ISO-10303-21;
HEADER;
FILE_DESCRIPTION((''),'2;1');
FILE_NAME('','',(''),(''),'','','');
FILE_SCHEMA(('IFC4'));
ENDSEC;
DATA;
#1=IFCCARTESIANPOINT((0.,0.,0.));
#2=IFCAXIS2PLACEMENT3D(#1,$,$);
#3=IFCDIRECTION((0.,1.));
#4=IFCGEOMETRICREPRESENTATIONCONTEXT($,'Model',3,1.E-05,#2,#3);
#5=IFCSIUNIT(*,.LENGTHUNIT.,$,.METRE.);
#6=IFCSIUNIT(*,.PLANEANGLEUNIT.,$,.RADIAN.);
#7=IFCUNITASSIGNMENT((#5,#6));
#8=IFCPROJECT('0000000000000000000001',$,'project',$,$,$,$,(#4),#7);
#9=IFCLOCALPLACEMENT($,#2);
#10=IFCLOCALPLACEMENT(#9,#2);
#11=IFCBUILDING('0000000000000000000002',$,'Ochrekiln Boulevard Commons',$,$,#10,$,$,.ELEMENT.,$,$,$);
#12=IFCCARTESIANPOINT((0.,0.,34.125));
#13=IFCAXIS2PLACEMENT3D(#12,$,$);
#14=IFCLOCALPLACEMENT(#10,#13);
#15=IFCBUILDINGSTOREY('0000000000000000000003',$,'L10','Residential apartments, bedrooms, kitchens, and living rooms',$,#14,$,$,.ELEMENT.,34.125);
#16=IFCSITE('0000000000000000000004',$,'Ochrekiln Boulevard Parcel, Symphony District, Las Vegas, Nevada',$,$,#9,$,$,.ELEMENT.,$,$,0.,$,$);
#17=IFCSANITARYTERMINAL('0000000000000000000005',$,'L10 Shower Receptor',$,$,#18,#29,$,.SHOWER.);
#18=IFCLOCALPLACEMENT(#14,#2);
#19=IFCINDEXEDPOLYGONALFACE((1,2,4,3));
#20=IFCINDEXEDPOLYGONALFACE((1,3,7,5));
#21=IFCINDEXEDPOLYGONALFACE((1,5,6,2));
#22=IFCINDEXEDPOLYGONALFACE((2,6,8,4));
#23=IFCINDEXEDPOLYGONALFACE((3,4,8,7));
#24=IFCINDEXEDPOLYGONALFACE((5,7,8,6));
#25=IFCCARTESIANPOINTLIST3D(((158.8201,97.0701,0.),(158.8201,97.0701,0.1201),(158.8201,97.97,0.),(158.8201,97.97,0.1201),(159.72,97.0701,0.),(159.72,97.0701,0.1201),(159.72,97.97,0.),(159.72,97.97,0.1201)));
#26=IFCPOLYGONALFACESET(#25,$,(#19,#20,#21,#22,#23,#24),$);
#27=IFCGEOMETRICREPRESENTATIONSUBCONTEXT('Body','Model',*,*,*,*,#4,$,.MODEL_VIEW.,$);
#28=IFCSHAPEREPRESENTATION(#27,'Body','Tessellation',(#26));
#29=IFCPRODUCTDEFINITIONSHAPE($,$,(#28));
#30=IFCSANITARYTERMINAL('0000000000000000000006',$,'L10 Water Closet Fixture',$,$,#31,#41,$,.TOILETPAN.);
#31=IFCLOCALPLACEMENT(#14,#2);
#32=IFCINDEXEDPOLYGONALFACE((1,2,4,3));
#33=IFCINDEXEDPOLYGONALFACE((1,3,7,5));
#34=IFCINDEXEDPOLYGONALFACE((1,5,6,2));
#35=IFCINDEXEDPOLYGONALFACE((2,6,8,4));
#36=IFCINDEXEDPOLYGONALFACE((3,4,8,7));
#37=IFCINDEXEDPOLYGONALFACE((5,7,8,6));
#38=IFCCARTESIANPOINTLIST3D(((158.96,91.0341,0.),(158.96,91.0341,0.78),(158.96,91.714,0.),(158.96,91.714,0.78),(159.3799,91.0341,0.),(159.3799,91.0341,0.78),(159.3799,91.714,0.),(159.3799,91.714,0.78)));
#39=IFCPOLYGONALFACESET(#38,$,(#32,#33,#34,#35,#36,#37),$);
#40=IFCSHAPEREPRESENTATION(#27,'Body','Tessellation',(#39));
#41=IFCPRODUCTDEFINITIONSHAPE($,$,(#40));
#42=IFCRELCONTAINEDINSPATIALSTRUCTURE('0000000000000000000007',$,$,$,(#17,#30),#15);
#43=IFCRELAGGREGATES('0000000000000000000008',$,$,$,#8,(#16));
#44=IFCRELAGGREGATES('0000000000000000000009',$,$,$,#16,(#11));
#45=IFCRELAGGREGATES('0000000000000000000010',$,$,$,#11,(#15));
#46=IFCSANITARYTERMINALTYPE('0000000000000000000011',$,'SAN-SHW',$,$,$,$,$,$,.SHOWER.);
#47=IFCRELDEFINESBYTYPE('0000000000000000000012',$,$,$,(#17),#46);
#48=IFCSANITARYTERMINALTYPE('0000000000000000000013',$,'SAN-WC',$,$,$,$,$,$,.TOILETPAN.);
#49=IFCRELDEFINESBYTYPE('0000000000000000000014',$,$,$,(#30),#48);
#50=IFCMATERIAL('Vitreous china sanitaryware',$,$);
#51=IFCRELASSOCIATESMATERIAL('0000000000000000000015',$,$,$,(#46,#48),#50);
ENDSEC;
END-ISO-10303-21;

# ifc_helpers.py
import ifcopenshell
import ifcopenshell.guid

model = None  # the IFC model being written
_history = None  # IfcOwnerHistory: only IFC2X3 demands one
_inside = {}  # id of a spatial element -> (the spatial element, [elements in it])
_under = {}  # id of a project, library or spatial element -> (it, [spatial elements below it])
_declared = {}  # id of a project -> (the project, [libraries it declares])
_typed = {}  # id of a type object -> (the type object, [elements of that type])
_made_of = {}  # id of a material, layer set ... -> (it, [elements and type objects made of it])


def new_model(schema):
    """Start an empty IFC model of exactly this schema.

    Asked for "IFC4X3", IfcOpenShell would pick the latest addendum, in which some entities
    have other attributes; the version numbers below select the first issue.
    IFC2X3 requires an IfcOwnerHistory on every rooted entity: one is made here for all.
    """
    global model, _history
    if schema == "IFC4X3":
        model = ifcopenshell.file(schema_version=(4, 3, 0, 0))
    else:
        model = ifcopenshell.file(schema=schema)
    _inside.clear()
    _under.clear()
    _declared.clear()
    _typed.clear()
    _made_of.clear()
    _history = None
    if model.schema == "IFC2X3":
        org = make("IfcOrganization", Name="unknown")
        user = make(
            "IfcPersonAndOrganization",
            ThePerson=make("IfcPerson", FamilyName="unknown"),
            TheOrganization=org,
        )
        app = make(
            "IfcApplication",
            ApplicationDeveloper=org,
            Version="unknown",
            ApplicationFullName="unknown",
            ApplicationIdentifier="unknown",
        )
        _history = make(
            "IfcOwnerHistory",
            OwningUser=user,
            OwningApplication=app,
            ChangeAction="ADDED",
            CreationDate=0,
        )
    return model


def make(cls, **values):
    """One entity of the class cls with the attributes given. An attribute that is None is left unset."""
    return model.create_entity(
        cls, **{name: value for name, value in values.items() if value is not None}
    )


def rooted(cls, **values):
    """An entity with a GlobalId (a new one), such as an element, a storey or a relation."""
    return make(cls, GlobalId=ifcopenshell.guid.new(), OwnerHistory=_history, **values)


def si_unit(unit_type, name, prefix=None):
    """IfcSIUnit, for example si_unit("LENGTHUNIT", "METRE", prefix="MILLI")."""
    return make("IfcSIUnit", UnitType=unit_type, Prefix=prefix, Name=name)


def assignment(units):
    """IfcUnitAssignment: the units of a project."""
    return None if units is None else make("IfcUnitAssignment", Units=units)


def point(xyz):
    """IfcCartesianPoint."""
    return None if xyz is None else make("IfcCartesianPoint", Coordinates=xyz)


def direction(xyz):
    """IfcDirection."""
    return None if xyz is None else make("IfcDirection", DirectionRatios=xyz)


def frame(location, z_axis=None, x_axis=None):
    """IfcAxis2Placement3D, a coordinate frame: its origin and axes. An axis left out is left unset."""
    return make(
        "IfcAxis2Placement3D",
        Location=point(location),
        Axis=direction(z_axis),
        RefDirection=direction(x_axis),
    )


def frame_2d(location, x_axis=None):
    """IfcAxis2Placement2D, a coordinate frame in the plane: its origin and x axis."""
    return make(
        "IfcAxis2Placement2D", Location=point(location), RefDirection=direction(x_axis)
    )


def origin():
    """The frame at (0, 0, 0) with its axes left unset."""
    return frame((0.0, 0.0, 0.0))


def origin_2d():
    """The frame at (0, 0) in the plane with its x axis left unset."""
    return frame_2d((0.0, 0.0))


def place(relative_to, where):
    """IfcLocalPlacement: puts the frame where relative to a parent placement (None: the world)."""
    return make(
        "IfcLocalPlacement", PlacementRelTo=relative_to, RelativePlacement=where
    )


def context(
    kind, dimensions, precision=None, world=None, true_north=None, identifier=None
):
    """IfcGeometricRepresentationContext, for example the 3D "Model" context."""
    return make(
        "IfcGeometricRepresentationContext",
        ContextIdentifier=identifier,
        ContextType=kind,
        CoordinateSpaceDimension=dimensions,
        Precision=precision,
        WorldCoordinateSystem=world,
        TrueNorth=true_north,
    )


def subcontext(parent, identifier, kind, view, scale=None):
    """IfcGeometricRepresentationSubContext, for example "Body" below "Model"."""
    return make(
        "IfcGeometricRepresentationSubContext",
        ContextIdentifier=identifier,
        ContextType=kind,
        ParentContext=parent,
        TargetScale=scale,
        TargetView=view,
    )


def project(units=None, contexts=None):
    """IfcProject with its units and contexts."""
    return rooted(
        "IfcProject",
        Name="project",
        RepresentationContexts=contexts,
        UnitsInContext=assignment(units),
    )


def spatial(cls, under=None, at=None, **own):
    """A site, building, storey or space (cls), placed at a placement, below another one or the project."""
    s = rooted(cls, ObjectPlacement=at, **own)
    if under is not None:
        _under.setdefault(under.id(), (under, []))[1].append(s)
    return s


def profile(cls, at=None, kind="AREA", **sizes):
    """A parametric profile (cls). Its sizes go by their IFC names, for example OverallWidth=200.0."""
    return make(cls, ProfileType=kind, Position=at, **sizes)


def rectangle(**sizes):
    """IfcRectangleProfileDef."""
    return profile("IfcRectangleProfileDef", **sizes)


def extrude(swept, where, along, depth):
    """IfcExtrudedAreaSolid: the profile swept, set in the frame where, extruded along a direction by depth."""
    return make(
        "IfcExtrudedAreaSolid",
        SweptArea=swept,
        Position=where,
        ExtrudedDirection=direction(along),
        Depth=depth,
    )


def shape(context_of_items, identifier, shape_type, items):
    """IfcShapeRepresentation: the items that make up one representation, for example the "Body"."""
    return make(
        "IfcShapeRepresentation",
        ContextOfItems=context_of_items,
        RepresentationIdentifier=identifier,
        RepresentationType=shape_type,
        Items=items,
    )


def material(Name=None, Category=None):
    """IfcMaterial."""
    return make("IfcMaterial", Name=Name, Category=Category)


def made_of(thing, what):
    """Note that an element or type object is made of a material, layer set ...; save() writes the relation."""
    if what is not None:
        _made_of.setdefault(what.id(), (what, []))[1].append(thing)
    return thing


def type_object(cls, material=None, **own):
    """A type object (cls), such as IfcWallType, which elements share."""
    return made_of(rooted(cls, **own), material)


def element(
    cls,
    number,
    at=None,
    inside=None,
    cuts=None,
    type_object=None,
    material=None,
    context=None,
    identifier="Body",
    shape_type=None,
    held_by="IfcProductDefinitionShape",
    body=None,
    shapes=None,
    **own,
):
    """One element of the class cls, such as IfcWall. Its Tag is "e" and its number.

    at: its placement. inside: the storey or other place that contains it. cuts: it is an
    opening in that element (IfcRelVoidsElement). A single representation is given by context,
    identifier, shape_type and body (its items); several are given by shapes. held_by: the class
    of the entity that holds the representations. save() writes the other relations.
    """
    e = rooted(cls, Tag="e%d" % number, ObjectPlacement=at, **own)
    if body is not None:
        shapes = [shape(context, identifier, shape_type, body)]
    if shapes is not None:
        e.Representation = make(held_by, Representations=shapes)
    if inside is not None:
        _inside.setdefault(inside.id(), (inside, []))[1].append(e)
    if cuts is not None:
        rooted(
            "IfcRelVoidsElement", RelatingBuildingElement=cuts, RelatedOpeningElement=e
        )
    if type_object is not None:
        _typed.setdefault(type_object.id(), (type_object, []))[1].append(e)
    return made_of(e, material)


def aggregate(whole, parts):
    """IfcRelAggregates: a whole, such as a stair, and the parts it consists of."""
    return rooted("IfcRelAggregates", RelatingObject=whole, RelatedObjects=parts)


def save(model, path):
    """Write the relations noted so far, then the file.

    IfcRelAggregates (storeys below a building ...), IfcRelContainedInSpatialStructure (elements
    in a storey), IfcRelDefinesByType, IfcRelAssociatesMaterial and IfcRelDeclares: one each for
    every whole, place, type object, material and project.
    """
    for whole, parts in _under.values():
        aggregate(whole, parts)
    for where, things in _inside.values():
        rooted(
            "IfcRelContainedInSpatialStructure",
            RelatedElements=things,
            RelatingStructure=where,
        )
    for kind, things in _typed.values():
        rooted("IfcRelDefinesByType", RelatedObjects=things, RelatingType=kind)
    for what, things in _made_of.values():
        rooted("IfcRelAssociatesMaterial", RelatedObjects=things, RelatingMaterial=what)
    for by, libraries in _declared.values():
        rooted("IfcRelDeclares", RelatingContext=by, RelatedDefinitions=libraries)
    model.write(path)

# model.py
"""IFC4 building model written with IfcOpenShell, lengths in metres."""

from ifc_helpers import new_model, si_unit, direction, frame, origin, origin_2d, place, context, subcontext, project, spatial, rectangle, extrude, material, type_object, element, save


model = new_model("IFC4")

# Units and contexts
model_context = context("Model", 3, precision=1e-05, world=origin(), true_north=direction((0.0, 1.0)))
body_context = subcontext(model_context, "Body", "Model", "MODEL_VIEW")
ifc_project = project(units=[si_unit("LENGTHUNIT", "METRE"), si_unit("PLANEANGLEUNIT", "RADIAN")], contexts=[model_context])

# Site, building, storey
site_placement = place(None, origin())
site = spatial("IfcSite", under=ifc_project, at=site_placement, Name="Ochrekiln Boulevard Parcel, Symphony District, Las Vegas, Nevada", CompositionType="ELEMENT", RefElevation=0.0)
building_placement = place(site_placement, origin())
building = spatial("IfcBuilding", under=site, at=building_placement, Name="Ochrekiln Boulevard Commons", CompositionType="ELEMENT")
storey_placement = place(building_placement, frame((0.0, 0.0, 34.125)))
storey = spatial("IfcBuildingStorey", under=building, at=storey_placement, Name="L10", Description="Residential apartments, bedrooms, kitchens, and living rooms", CompositionType="ELEMENT", Elevation=34.125)

# Sanitary terminals
ifc_material_1 = material(Name="Vitreous china sanitaryware")
sanitary_terminal_type_1 = type_object("IfcSanitaryTerminalType", Name="SAN-SHW", PredefinedType="SHOWER", material=ifc_material_1)
sanitary_terminal_1_placement = place(storey_placement, frame((159.27, 97.52, 0.0), z_axis=(0.0, 0.0, 1.0), x_axis=(1.0, 0.0, 0.0)))
element("IfcSanitaryTerminal", 1, at=sanitary_terminal_1_placement, inside=storey, type_object=sanitary_terminal_type_1, Name="L10 Shower Receptor", PredefinedType="SHOWER", context=body_context, shape_type="SweptSolid", body=[
    extrude(rectangle(XDim=0.8999, YDim=0.8999, at=origin_2d()), origin(), (0.0, 0.0, 1.0), 0.1201),
])
sanitary_terminal_type_2 = type_object("IfcSanitaryTerminalType", Name="SAN-WC", PredefinedType="TOILETPAN", material=ifc_material_1)
sanitary_terminal_2_placement = place(storey_placement, frame((159.1699, 91.374, 0.0), z_axis=(0.0, 0.0, 1.0), x_axis=(1.0, 0.0, 0.0)))
element("IfcSanitaryTerminal", 2, at=sanitary_terminal_2_placement, inside=storey, type_object=sanitary_terminal_type_2, Name="L10 Water Closet Fixture", PredefinedType="TOILETPAN", context=body_context, shape_type="SweptSolid", body=[
    extrude(rectangle(XDim=0.4199, YDim=0.6799, at=origin_2d()), origin(), (0.0, 0.0, 1.0), 0.78),
])

save(model, "model.ifc")
